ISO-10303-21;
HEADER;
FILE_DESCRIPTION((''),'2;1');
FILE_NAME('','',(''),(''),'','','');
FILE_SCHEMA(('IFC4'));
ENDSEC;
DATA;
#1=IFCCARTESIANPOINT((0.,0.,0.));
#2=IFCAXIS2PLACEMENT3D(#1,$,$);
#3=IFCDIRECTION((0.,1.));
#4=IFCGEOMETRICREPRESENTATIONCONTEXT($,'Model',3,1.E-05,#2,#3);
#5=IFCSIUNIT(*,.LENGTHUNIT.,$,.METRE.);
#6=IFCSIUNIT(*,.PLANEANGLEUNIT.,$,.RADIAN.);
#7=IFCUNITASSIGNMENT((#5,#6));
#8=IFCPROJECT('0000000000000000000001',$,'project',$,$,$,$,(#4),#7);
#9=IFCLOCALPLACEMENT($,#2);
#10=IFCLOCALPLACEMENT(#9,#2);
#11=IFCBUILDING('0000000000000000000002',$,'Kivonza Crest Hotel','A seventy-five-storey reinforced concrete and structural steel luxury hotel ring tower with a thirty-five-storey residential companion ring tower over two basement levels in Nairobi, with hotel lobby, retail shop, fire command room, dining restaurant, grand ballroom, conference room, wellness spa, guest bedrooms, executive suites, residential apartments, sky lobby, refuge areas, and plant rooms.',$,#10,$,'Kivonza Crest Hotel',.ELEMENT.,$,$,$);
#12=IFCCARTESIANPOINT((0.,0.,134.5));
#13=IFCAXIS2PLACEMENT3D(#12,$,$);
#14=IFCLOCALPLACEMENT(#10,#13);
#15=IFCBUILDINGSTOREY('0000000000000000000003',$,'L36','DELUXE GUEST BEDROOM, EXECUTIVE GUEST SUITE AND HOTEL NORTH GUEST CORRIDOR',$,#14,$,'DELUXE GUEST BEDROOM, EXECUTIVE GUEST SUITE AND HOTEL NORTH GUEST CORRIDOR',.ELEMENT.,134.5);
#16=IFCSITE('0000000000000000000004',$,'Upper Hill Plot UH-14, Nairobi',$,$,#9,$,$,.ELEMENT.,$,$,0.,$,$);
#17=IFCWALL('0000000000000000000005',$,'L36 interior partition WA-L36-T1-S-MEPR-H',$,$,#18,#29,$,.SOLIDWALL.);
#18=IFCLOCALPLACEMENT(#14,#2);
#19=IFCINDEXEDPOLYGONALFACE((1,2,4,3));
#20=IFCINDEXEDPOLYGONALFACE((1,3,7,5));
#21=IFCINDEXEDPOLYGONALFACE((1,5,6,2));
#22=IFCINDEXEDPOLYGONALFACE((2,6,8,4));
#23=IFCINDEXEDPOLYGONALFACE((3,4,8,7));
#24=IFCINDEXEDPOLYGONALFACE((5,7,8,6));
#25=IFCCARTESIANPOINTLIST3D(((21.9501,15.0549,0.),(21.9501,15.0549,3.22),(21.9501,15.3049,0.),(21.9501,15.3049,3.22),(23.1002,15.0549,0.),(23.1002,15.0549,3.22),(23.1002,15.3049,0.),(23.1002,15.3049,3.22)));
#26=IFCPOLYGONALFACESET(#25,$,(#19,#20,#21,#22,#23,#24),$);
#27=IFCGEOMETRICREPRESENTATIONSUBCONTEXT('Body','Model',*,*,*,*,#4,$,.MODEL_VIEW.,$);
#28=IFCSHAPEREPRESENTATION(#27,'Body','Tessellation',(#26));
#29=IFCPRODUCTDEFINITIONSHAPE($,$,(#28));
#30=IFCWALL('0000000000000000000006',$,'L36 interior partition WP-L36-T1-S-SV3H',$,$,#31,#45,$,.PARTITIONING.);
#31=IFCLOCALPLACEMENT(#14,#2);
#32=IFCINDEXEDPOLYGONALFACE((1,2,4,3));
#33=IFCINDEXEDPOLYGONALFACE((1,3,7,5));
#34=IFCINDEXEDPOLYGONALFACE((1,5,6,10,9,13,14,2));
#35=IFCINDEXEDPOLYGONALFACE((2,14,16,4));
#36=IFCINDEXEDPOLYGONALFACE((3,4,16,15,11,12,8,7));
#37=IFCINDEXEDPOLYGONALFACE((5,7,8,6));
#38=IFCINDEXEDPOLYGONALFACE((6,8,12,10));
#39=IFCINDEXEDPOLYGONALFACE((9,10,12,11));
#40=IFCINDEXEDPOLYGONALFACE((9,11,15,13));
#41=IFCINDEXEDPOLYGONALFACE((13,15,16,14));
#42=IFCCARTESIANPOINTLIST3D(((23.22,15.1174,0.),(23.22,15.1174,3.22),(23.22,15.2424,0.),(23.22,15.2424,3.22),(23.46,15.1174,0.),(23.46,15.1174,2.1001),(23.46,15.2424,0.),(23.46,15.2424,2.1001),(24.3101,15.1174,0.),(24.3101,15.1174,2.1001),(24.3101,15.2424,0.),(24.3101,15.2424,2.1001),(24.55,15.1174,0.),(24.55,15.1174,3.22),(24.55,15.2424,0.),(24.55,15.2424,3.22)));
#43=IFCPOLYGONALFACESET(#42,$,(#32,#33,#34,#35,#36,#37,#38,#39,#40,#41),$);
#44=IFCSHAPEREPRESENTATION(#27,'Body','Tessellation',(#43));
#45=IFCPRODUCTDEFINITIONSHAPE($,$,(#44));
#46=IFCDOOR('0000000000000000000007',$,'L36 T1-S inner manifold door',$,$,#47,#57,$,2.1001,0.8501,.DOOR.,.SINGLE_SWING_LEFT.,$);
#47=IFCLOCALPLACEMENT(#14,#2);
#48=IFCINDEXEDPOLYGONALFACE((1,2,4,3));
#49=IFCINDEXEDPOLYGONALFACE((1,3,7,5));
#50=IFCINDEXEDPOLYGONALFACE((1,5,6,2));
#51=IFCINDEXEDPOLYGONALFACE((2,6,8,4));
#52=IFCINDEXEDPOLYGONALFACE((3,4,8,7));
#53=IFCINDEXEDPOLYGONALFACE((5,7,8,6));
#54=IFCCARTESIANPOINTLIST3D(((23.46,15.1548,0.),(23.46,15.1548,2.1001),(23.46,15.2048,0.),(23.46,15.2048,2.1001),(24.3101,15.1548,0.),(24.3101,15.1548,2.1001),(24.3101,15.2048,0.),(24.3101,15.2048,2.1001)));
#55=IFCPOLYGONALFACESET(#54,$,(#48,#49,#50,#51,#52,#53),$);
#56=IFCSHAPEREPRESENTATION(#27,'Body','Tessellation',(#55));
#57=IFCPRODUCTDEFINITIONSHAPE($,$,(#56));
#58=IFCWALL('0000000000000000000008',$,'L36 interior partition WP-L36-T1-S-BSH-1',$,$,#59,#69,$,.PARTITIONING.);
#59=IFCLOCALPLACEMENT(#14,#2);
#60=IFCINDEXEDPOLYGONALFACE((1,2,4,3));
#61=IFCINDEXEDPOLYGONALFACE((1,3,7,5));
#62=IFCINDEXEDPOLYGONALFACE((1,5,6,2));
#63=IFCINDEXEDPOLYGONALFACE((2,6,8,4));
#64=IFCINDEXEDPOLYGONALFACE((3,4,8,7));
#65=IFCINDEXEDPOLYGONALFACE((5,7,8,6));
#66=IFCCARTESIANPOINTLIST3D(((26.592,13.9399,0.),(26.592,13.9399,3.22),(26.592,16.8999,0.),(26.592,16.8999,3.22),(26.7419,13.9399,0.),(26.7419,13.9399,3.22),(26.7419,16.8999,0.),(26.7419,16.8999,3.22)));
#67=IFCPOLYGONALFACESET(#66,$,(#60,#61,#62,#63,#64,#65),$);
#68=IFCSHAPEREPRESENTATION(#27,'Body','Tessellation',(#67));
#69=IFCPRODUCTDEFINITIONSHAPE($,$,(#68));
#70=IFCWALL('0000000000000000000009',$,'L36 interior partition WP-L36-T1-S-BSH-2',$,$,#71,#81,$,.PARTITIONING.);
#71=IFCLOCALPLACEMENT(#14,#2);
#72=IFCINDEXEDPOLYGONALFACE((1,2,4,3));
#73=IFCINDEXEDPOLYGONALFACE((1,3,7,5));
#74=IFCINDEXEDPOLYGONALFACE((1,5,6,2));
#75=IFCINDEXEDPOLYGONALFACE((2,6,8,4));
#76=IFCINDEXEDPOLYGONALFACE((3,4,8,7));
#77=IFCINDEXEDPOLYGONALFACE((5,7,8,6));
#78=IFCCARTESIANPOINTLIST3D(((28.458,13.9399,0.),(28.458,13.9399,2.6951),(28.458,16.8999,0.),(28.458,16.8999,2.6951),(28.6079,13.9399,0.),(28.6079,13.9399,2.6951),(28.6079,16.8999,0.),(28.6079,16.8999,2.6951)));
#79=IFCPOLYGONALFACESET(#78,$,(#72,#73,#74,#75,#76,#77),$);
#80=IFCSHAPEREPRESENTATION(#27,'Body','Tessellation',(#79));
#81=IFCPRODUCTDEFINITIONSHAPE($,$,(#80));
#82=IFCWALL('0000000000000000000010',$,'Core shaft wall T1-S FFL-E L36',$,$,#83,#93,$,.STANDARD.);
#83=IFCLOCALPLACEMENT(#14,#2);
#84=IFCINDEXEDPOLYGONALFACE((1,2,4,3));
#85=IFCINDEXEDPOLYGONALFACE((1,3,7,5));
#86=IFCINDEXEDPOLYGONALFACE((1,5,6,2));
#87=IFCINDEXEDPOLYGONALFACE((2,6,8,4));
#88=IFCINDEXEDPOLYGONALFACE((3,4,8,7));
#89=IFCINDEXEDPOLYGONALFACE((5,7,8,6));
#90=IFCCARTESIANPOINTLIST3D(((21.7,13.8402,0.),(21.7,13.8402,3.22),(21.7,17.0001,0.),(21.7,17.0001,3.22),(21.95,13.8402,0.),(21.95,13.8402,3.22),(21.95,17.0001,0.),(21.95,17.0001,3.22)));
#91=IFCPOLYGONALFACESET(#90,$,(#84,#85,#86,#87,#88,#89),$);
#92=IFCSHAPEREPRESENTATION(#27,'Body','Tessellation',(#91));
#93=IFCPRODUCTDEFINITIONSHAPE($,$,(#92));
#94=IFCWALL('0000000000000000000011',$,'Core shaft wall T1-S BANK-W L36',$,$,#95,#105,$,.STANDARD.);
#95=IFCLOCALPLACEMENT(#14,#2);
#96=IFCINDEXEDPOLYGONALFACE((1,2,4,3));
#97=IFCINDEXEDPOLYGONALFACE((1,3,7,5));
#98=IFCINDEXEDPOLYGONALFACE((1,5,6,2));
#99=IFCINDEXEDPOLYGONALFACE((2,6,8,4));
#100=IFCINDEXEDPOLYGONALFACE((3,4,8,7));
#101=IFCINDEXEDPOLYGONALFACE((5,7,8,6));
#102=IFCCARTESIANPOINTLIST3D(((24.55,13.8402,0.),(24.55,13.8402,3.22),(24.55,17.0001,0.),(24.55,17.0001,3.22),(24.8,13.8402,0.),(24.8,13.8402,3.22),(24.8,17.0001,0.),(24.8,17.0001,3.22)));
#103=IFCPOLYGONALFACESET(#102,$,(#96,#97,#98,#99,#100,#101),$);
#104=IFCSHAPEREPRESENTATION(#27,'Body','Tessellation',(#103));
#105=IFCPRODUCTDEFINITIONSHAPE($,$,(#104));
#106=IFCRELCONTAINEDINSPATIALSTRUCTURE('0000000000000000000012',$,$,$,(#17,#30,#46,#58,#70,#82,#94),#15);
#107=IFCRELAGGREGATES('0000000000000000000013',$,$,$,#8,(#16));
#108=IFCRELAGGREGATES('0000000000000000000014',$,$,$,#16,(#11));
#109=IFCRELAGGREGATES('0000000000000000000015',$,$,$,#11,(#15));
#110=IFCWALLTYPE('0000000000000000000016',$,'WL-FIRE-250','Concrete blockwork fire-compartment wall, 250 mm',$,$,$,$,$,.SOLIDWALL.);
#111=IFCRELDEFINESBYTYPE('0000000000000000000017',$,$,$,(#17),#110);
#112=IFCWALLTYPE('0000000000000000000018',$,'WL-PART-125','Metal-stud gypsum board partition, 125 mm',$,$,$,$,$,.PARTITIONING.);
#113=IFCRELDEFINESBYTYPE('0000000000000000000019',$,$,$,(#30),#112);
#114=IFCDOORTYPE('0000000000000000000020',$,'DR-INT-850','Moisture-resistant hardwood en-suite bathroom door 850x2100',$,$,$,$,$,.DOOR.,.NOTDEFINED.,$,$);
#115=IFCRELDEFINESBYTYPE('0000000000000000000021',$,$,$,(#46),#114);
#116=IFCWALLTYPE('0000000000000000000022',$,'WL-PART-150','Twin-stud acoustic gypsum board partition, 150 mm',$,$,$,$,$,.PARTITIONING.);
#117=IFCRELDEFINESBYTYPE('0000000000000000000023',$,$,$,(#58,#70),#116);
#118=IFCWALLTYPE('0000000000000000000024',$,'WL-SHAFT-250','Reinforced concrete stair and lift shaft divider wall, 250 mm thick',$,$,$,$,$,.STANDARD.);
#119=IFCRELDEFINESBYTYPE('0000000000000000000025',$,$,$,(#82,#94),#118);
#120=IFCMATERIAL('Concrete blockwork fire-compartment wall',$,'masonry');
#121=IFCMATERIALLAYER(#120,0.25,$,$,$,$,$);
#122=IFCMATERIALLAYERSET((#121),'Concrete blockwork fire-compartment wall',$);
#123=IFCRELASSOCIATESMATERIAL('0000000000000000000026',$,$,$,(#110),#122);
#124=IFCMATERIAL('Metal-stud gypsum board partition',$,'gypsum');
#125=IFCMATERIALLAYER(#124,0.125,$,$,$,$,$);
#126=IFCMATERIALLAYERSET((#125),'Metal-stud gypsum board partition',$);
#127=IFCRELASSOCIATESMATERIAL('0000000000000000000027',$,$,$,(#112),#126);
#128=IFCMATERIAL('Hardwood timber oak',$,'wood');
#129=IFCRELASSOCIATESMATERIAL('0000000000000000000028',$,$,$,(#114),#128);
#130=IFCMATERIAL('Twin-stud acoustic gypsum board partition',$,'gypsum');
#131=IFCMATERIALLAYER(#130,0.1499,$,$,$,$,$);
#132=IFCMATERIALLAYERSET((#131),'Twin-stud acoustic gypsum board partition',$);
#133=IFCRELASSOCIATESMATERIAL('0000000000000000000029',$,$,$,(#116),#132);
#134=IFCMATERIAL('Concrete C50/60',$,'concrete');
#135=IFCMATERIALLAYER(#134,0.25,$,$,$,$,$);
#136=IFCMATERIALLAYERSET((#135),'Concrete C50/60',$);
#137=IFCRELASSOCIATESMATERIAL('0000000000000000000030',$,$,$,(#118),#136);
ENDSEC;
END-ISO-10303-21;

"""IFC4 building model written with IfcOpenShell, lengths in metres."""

from ifc_helpers import new_model, si_unit, direction, frame, frame_2d, origin, place, context, subcontext, project, spatial, rectangle, extrude, material, layer, layer_set, type_object, element, fill, save


model = new_model("IFC4")

# Units and contexts
model_context = context("Model", 3, precision=1e-05, world=origin(), true_north=direction((0.0, 1.0)))
body_context = subcontext(model_context, "Body", "Model", "MODEL_VIEW")
ifc_project = project(units=[si_unit("LENGTHUNIT", "METRE"), si_unit("PLANEANGLEUNIT", "RADIAN")], contexts=[model_context])

# Site, building, storey
site_placement = place(None, origin())
site = spatial("IfcSite", under=ifc_project, at=site_placement, Name="Upper Hill Plot UH-14, Nairobi", CompositionType="ELEMENT", RefElevation=0.0)
building_placement = place(site_placement, origin())
building = spatial("IfcBuilding", under=site, at=building_placement, Name="Kivonza Crest Hotel", Description="A seventy-five-storey reinforced concrete and structural steel luxury hotel ring tower with a thirty-five-storey residential companion ring tower over two basement levels in Nairobi, with hotel lobby, retail shop, fire command room, dining restaurant, grand ballroom, conference room, wellness spa, guest bedrooms, executive suites, residential apartments, sky lobby, refuge areas, and plant rooms.", LongName="Kivonza Crest Hotel", CompositionType="ELEMENT")
storey_placement = place(building_placement, frame((0.0, 0.0, 134.5)))
storey = spatial("IfcBuildingStorey", under=building, at=storey_placement, Name="L36", Description="DELUXE GUEST BEDROOM, EXECUTIVE GUEST SUITE AND HOTEL NORTH GUEST CORRIDOR", LongName="DELUXE GUEST BEDROOM, EXECUTIVE GUEST SUITE AND HOTEL NORTH GUEST CORRIDOR", CompositionType="ELEMENT", Elevation=134.5)

# Shared definitions
ifc_material_1 = material(Name="Concrete C50/60", Category="concrete")

# Wall
ifc_material_2 = material(Name="Concrete blockwork fire-compartment wall", Category="masonry")
ifc_layer_1 = layer(ifc_material_2, 0.25)
ifc_layer_set_1 = layer_set([ifc_layer_1], Name="Concrete blockwork fire-compartment wall")
wall_type_1 = type_object("IfcWallType", Name="WL-FIRE-250", Description="Concrete blockwork fire-compartment wall, 250 mm", PredefinedType="SOLIDWALL", material=ifc_layer_set_1)
wall_1_placement = place(storey_placement, frame((21.95, 15.1799, 0.0), z_axis=(0.0, 0.0, 1.0), x_axis=(1.0, 0.0, 0.0)))
element("IfcWall", 1, at=wall_1_placement, inside=storey, type_object=wall_type_1, Name="L36 interior partition WA-L36-T1-S-MEPR-H", PredefinedType="SOLIDWALL", context=body_context, shape_type="SweptSolid", body=[
    extrude(rectangle(XDim=1.1501, YDim=0.25, at=frame_2d((0.5752, 0.0))), origin(), (0.0, 0.0, 1.0), 3.22),
])

# Wall, opening, door
ifc_material_3 = material(Name="Metal-stud gypsum board partition", Category="gypsum")
ifc_layer_2 = layer(ifc_material_3, 0.125)
ifc_layer_set_2 = layer_set([ifc_layer_2], Name="Metal-stud gypsum board partition")
wall_type_2 = type_object("IfcWallType", Name="WL-PART-125", Description="Metal-stud gypsum board partition, 125 mm", PredefinedType="PARTITIONING", material=ifc_layer_set_2)
wall_2_placement = place(storey_placement, frame((23.22, 15.1799, 0.0), z_axis=(0.0, 0.0, 1.0), x_axis=(1.0, 0.0, 0.0)))
wall_2 = element("IfcWall", 2, at=wall_2_placement, inside=storey, type_object=wall_type_2, Name="L36 interior partition WP-L36-T1-S-SV3H", PredefinedType="PARTITIONING", context=body_context, shape_type="SweptSolid", body=[
    extrude(rectangle(XDim=1.3301, YDim=0.125, at=frame_2d((0.665, 0.0))), origin(), (0.0, 0.0, 1.0), 3.22),
])
opening_1_placement = place(wall_2_placement, frame((0.24, 0.0, 0.0)))
opening_1 = element("IfcOpeningElement", 3, at=opening_1_placement, cuts=wall_2, PredefinedType="OPENING", context=body_context, shape_type="SweptSolid", body=[
    extrude(rectangle(XDim=0.8501, YDim=2.1001, at=frame_2d((0.425, 1.05))), frame((0.0, 0.0725, 0.0), z_axis=(0.0, -1.0, 0.0), x_axis=(1.0, 0.0, 0.0)), (0.0, 0.0, 1.0), 0.145),
])
ifc_material_4 = material(Name="Hardwood timber oak", Category="wood")
door_type_1 = type_object("IfcDoorType", Name="DR-INT-850", Description="Moisture-resistant hardwood en-suite bathroom door 850x2100", OperationType="NOTDEFINED", PredefinedType="DOOR", material=ifc_material_4)
door_1_placement = place(opening_1_placement, origin())
door_1 = element("IfcDoor", 4, at=door_1_placement, inside=storey, type_object=door_type_1, Name="L36 T1-S inner manifold door", OperationType="SINGLE_SWING_LEFT", OverallHeight=2.1001, OverallWidth=0.8501, PredefinedType="DOOR", context=body_context, shape_type="SweptSolid", body=[
    extrude(rectangle(XDim=0.8501, YDim=2.1001, at=frame_2d((0.425, 1.05))), frame((0.0, 0.0249, 0.0), z_axis=(0.0, -1.0, 0.0), x_axis=(1.0, 0.0, 0.0)), (0.0, 0.0, 1.0), 0.05),
])
fill(opening_1, door_1)

# Walls
ifc_material_5 = material(Name="Twin-stud acoustic gypsum board partition", Category="gypsum")
ifc_layer_3 = layer(ifc_material_5, 0.1499)
ifc_layer_set_3 = layer_set([ifc_layer_3], Name="Twin-stud acoustic gypsum board partition")
wall_type_3 = type_object("IfcWallType", Name="WL-PART-150", Description="Twin-stud acoustic gypsum board partition, 150 mm", PredefinedType="PARTITIONING", material=ifc_layer_set_3)
wall_3_placement = place(storey_placement, frame((26.667, 13.9399, 0.0), z_axis=(0.0, 0.0, 1.0), x_axis=(0.0, 1.0, 0.0)))
element("IfcWall", 5, at=wall_3_placement, inside=storey, type_object=wall_type_3, Name="L36 interior partition WP-L36-T1-S-BSH-1", PredefinedType="PARTITIONING", context=body_context, shape_type="SweptSolid", body=[
    extrude(rectangle(XDim=2.96, YDim=0.1499, at=frame_2d((1.48, 0.0))), origin(), (0.0, 0.0, 1.0), 3.22),
])
wall_4_placement = place(storey_placement, frame((28.533, 13.9399, 0.0), z_axis=(0.0, 0.0, 1.0), x_axis=(0.0, 1.0, 0.0)))
element("IfcWall", 6, at=wall_4_placement, inside=storey, type_object=wall_type_3, Name="L36 interior partition WP-L36-T1-S-BSH-2", PredefinedType="PARTITIONING", context=body_context, shape_type="SweptSolid", body=[
    extrude(rectangle(XDim=2.96, YDim=0.1499, at=frame_2d((1.48, 0.0))), origin(), (0.0, 0.0, 1.0), 2.6951),
])

# Shared definitions
ifc_layer_4 = layer(ifc_material_1, 0.25)
ifc_layer_set_4 = layer_set([ifc_layer_4], Name="Concrete C50/60")
wall_type_4 = type_object("IfcWallType", Name="WL-SHAFT-250", Description="Reinforced concrete stair and lift shaft divider wall, 250 mm thick", PredefinedType="STANDARD", material=ifc_layer_set_4)

# Walls
for number, where, z_axis, x_axis, name in (
    (7, (21.825, 13.8401, 0.0), (0.0, 0.0, 1.0), (0.0, 1.0, 0.0), "Core shaft wall T1-S FFL-E L36"),
    (8, (24.675, 13.8401, 0.0), (0.0, 0.0, 1.0), (0.0, 1.0, 0.0), "Core shaft wall T1-S BANK-W L36"),
):
    element("IfcWall", number, at=place(storey_placement, frame(where, z_axis=z_axis, x_axis=x_axis)), inside=storey, type_object=wall_type_4, Name=name, PredefinedType="STANDARD", context=body_context, shape_type="SweptSolid", body=[
        extrude(rectangle(XDim=3.1599, YDim=0.25, at=frame_2d((1.5801, 0.0))), origin(), (0.0, 0.0, 1.0), 3.22),
    ])

save(model, "model.ifc")
